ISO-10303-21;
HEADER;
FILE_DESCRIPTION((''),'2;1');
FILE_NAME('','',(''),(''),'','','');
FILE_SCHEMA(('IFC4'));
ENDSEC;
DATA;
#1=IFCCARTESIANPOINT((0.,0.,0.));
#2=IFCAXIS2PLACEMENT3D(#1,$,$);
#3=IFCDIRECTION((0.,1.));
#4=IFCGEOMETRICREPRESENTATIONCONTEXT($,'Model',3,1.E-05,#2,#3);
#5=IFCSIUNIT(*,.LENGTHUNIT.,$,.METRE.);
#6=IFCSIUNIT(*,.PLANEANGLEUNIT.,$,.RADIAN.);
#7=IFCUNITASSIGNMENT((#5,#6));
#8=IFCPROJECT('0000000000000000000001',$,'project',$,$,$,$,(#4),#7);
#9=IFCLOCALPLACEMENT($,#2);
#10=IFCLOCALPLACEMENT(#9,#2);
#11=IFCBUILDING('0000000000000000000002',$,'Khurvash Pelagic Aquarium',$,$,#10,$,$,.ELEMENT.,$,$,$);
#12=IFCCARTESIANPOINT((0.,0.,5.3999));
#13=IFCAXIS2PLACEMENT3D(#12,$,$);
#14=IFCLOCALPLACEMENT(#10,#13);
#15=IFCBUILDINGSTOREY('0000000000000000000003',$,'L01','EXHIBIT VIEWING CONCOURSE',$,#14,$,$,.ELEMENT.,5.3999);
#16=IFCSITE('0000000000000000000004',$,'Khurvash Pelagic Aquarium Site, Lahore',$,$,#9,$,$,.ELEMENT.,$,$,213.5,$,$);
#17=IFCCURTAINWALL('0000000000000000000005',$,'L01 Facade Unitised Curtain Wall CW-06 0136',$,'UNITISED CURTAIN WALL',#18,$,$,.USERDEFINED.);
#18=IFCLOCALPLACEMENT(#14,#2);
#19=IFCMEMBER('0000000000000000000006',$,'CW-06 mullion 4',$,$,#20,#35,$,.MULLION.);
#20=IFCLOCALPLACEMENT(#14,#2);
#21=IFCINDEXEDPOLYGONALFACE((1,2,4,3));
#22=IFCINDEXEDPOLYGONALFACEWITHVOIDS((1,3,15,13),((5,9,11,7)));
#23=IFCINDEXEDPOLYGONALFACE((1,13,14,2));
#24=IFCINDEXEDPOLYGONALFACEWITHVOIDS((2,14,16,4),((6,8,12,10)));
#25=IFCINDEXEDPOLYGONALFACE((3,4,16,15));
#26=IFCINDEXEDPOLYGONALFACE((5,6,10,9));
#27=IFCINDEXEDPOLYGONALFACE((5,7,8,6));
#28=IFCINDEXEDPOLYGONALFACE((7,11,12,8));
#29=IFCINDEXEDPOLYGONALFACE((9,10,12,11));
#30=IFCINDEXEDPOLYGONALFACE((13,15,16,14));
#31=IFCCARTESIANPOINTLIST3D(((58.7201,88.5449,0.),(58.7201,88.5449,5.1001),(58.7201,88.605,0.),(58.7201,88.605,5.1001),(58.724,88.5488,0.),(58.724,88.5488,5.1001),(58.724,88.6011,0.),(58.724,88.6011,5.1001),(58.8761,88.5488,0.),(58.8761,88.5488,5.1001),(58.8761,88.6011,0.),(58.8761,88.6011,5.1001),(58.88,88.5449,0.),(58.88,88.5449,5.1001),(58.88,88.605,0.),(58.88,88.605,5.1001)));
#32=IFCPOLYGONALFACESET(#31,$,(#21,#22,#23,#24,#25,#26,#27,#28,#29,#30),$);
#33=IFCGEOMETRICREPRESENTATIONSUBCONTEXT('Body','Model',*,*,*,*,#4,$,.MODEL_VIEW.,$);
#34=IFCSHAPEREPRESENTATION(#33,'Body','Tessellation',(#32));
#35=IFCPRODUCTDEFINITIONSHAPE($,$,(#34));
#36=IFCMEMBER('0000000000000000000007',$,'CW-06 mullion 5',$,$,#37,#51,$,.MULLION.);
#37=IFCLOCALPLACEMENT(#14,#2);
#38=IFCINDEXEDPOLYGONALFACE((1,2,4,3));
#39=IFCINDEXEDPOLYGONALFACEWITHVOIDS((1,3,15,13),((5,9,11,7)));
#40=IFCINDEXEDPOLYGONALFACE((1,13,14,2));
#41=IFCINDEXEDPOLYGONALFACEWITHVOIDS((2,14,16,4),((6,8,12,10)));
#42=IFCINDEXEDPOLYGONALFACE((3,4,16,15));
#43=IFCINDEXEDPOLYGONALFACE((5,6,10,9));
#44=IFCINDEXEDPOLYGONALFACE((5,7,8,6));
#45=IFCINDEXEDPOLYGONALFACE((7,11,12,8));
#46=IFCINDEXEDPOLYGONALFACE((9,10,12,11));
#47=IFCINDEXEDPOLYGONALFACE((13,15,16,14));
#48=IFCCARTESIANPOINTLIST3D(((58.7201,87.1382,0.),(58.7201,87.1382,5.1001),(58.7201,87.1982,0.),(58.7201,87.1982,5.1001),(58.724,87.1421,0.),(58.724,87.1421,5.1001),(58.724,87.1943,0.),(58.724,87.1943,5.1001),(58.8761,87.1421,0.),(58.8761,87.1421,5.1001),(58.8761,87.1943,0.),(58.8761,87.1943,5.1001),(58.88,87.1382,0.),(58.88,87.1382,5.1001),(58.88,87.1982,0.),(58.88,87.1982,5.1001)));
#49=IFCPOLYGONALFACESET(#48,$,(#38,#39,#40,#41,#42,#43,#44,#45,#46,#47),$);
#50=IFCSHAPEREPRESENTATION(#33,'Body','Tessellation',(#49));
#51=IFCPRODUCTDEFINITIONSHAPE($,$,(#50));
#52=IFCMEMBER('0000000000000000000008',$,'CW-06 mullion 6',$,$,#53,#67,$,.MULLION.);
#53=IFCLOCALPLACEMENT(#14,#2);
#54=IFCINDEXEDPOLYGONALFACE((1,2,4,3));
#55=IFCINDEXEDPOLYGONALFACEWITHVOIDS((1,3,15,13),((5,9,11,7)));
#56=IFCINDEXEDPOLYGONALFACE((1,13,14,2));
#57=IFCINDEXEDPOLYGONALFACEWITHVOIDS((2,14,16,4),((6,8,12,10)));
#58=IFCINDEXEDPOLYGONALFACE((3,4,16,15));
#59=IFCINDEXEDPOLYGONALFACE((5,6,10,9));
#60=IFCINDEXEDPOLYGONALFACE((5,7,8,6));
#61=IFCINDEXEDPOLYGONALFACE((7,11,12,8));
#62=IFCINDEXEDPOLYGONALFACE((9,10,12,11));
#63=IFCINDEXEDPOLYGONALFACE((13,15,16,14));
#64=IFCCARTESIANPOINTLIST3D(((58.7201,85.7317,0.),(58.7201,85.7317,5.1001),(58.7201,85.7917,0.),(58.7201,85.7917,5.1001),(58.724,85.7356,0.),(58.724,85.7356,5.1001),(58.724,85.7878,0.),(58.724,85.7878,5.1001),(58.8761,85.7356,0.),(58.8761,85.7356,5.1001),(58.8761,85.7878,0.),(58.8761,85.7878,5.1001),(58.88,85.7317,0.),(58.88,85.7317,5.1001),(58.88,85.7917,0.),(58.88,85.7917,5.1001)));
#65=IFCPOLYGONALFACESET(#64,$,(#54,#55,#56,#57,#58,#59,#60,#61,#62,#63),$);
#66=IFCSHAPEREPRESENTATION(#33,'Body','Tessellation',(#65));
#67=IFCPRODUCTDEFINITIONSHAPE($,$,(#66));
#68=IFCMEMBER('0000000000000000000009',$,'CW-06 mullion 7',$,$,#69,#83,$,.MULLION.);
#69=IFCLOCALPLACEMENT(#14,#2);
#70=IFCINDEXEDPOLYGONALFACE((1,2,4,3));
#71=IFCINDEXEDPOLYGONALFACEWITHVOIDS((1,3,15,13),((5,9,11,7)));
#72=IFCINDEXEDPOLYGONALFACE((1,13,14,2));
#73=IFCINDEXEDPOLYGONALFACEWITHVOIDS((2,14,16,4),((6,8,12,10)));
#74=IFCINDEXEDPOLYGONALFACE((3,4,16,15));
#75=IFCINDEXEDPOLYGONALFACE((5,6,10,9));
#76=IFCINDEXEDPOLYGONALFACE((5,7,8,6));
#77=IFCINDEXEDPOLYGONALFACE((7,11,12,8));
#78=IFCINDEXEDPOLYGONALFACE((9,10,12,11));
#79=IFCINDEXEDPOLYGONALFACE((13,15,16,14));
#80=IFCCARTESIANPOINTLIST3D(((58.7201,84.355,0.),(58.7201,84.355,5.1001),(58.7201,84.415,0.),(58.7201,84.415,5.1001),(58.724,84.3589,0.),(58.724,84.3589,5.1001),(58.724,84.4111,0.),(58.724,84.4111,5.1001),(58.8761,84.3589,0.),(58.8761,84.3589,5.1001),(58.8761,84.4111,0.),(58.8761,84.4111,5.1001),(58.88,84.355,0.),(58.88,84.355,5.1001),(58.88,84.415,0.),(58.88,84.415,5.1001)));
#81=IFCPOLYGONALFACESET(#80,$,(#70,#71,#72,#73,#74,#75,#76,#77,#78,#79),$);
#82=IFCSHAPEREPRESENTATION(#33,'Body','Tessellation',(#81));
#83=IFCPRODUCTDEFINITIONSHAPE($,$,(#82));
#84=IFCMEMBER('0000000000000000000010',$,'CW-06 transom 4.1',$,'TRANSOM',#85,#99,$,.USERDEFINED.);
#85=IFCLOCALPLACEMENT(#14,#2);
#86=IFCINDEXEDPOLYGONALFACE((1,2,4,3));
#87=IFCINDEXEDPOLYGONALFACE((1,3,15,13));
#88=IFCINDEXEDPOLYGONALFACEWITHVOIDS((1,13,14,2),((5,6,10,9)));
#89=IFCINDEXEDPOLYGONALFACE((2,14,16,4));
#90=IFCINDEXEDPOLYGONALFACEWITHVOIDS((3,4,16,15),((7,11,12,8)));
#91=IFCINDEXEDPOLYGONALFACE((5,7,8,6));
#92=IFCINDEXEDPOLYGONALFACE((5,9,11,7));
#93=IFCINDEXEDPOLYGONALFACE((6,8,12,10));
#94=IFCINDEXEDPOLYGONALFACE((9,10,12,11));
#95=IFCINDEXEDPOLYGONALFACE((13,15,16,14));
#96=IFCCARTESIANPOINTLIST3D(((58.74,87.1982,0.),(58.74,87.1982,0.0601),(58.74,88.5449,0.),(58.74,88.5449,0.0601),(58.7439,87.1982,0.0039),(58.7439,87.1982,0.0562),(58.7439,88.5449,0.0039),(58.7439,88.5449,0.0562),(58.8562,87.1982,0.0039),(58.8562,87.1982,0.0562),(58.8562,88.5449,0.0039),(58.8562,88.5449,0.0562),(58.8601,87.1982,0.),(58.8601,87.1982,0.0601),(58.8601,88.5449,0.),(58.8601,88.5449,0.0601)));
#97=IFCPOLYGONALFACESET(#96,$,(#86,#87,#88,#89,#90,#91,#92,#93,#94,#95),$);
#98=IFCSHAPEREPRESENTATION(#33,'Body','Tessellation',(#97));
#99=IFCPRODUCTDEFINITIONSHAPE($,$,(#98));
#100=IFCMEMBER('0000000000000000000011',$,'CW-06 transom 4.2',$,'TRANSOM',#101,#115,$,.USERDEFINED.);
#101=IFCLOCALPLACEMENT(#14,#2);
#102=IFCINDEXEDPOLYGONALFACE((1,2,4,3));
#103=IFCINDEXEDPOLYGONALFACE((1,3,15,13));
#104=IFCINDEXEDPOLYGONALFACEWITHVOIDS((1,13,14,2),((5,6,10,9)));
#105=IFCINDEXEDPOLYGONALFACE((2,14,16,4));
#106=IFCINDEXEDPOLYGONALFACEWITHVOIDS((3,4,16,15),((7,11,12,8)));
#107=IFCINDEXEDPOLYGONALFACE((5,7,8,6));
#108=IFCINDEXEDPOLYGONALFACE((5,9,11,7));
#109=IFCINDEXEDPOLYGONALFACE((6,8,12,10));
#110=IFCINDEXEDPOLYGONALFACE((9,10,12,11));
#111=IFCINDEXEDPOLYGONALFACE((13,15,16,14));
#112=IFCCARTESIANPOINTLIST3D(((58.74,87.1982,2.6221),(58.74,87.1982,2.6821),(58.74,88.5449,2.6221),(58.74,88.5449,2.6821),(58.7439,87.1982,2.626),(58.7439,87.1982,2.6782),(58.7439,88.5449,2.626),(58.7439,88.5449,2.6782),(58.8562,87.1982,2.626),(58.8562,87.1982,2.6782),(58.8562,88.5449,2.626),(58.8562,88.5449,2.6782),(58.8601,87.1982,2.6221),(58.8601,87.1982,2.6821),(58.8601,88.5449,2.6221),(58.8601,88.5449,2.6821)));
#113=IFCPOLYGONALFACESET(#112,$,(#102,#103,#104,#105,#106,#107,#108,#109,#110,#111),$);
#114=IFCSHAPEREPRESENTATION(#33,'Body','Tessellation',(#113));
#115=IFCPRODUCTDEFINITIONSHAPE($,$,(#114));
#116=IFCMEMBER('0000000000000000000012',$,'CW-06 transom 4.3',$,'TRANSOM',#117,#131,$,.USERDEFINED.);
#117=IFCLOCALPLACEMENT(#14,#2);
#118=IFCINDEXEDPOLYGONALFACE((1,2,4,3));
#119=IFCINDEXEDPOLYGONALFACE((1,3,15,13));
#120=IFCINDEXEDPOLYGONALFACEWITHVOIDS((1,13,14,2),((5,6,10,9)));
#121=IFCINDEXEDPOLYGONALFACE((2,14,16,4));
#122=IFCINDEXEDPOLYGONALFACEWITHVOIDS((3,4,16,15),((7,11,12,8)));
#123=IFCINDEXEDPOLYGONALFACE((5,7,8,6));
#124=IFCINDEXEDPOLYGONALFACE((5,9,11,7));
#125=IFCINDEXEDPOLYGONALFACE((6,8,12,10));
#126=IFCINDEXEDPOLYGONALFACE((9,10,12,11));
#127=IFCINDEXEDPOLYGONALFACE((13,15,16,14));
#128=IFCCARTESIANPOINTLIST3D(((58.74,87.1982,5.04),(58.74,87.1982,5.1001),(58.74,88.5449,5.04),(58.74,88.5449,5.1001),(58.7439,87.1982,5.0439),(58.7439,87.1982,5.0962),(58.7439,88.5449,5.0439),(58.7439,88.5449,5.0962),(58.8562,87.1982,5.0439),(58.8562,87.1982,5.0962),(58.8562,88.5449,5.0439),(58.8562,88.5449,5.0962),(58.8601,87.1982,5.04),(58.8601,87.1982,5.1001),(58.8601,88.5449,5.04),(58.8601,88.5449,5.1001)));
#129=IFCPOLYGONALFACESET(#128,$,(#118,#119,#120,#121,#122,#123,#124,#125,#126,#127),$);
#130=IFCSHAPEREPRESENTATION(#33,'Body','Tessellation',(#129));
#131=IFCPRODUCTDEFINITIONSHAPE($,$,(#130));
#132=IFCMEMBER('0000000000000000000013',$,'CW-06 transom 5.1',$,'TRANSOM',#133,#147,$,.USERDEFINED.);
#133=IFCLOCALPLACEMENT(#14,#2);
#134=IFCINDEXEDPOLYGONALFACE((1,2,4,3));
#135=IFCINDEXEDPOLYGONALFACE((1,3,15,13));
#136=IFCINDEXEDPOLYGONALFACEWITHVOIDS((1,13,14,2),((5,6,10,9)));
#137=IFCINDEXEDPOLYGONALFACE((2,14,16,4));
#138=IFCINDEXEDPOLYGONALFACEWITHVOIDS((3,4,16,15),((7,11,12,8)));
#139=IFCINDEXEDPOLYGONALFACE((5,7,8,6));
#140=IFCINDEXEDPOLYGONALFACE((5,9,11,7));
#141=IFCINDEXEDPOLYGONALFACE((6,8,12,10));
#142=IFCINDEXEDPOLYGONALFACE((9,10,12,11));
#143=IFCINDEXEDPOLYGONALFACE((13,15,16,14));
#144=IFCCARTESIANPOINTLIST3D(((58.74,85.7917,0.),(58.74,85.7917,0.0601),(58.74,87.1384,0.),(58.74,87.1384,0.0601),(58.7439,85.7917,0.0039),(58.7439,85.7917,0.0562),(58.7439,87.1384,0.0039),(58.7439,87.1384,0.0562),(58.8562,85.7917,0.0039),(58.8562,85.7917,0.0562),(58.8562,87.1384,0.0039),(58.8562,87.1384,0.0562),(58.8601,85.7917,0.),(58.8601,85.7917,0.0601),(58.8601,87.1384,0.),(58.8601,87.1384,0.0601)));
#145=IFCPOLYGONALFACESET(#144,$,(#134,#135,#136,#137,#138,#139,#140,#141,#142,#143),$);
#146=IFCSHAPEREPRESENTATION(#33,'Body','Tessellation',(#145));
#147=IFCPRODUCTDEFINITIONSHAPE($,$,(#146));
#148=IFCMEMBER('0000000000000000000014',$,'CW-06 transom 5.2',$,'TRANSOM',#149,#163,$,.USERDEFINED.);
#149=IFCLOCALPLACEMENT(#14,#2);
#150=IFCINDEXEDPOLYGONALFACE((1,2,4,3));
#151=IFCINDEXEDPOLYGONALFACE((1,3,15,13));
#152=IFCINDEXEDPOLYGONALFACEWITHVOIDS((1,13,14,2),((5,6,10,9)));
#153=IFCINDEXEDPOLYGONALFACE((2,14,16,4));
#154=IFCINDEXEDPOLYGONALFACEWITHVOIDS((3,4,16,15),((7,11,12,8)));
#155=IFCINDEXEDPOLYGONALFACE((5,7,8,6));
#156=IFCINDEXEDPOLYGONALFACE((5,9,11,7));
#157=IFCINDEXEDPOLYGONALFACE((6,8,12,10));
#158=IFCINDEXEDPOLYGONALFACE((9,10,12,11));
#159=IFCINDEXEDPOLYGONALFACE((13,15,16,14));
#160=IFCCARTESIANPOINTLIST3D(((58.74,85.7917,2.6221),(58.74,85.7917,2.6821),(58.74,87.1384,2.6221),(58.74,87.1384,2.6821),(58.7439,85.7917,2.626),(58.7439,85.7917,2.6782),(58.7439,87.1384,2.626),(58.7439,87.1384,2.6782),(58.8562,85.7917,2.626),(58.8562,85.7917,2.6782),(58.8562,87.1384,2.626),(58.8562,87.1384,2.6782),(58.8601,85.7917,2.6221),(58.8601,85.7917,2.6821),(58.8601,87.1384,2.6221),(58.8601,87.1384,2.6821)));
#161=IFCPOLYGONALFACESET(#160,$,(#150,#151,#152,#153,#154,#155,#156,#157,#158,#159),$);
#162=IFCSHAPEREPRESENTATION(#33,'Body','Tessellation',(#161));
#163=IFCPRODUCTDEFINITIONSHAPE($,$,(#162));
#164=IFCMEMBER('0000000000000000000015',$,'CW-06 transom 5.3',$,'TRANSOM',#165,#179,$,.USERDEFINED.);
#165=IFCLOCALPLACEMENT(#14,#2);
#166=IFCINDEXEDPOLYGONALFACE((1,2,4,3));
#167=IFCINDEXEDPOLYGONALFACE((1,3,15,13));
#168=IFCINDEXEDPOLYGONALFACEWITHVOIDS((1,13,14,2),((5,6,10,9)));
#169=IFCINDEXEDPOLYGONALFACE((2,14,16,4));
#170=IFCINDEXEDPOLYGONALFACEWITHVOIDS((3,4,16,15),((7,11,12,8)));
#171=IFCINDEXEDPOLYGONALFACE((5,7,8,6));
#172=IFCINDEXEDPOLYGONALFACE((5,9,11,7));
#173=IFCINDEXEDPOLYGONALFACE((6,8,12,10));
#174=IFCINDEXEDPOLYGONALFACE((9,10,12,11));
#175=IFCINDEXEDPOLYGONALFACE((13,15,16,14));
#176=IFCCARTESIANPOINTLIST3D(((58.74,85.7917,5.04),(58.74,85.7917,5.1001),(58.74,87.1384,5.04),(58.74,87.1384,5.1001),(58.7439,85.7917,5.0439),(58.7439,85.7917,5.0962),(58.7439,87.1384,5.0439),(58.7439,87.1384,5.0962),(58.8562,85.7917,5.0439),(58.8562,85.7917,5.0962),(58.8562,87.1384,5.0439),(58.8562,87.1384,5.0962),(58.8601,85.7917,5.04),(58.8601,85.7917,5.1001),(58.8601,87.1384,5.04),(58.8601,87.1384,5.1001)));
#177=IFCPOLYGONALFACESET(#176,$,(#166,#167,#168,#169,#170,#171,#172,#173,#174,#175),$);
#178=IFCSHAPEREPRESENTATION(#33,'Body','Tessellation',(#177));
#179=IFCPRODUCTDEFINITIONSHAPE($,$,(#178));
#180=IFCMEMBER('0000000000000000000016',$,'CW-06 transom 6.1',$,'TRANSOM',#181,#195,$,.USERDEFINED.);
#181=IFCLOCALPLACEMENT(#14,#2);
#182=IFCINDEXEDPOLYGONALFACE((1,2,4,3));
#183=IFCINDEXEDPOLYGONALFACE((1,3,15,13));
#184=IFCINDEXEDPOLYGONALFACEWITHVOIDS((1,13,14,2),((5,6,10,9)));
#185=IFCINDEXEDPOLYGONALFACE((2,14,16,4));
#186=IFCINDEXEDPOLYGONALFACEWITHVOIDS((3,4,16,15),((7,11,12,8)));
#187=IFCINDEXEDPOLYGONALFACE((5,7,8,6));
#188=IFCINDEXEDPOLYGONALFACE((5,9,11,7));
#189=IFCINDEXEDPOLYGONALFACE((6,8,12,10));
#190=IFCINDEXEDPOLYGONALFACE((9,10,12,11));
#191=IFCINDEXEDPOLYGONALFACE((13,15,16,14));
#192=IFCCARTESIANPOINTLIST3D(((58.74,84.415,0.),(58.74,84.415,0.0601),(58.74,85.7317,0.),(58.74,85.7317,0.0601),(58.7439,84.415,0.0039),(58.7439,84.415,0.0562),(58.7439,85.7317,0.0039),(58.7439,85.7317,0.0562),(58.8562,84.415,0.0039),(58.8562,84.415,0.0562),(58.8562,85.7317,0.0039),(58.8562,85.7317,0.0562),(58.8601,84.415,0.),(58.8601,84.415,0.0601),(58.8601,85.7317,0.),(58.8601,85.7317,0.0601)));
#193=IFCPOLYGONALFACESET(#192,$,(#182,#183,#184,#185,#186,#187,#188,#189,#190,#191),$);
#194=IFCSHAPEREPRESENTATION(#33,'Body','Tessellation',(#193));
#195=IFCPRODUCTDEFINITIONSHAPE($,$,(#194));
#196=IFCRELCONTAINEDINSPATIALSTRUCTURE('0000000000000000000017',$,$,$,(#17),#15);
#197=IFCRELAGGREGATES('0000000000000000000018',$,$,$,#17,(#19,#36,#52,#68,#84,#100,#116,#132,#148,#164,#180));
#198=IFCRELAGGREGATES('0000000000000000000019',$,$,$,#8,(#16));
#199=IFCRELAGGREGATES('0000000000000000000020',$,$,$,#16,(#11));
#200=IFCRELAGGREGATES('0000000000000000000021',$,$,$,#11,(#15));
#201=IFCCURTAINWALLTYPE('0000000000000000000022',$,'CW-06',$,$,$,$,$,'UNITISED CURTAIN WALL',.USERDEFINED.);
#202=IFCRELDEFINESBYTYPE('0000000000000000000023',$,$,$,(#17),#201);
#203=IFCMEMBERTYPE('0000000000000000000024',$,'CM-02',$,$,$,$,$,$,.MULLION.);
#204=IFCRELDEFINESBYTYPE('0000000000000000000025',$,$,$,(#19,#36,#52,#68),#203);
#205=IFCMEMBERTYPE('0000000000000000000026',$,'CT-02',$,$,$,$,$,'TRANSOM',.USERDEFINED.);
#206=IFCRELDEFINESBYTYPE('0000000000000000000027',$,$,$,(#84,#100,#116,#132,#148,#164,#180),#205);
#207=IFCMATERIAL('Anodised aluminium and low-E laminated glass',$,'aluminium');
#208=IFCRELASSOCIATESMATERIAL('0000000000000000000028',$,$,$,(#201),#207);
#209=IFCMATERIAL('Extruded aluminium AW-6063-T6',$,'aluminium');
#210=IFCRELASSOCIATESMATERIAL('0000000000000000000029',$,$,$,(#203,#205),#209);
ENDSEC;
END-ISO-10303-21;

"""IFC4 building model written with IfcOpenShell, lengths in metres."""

from ifc_helpers import new_model, si_unit, direction, frame, origin, origin_2d, place, context, subcontext, project, spatial, hollow_rectangle, extrude, material, material_profile, profile_set, type_object, element, aggregate, save


model = new_model("IFC4")

# Units and contexts
model_context = context("Model", 3, precision=1e-05, world=origin(), true_north=direction((0.0, 1.0)))
body_context = subcontext(model_context, "Body", "Model", "MODEL_VIEW")
ifc_project = project(units=[si_unit("LENGTHUNIT", "METRE"), si_unit("PLANEANGLEUNIT", "RADIAN")], contexts=[model_context])

# Site, building, storey
site_placement = place(None, origin())
site = spatial("IfcSite", under=ifc_project, at=site_placement, Name="Khurvash Pelagic Aquarium Site, Lahore", CompositionType="ELEMENT", RefElevation=213.5)
building_placement = place(site_placement, origin())
building = spatial("IfcBuilding", under=site, at=building_placement, Name="Khurvash Pelagic Aquarium", CompositionType="ELEMENT")
storey_placement = place(building_placement, frame((0.0, 0.0, 5.3999)))
storey = spatial("IfcBuildingStorey", under=building, at=storey_placement, Name="L01", Description="EXHIBIT VIEWING CONCOURSE", CompositionType="ELEMENT", Elevation=5.3999)

# Curtain wall, members
ifc_material_1 = material(Name="Anodised aluminium and low-E laminated glass", Category="aluminium")
curtain_wall_type = type_object("IfcCurtainWallType", Name="CW-06", ElementType="UNITISED CURTAIN WALL", PredefinedType="USERDEFINED", material=ifc_material_1)
curtain_wall_placement = place(storey_placement, origin())
curtain_wall = element("IfcCurtainWall", 1, at=curtain_wall_placement, inside=storey, type_object=curtain_wall_type, Name="L01 Facade Unitised Curtain Wall CW-06 0136", ObjectType="UNITISED CURTAIN WALL", PredefinedType="USERDEFINED")
ifc_material_2 = material(Name="Extruded aluminium AW-6063-T6", Category="aluminium")
ifc_material_profile_1 = material_profile(ifc_material_2, hollow_rectangle(XDim=0.0601, YDim=0.1599, WallThickness=0.0039, at=origin_2d()), Name="CWM60X160X4")
ifc_profile_set_1 = profile_set([ifc_material_profile_1], Name="Extruded aluminium AW-6063-T6")
member_type_1 = type_object("IfcMemberType", Name="CM-02", PredefinedType="MULLION", material=ifc_profile_set_1)
member_1_placement = place(storey_placement, frame((58.8, 88.575, 0.0), z_axis=(0.0, 0.0, 1.0), x_axis=(0.0, -1.0, 0.0)))
member_1 = element("IfcMember", 2, at=member_1_placement, type_object=member_type_1, Name="CW-06 mullion 4", PredefinedType="MULLION", context=body_context, shape_type="SweptSolid", body=[
    extrude(hollow_rectangle(XDim=0.0601, YDim=0.1599, WallThickness=0.0039, at=origin_2d()), origin(), (0.0, 0.0, 1.0), 5.1001),
])
member_2_placement = place(storey_placement, frame((58.8, 87.1682, 0.0), z_axis=(0.0, 0.0, 1.0), x_axis=(0.0, -1.0, 0.0)))
member_2 = element("IfcMember", 3, at=member_2_placement, type_object=member_type_1, Name="CW-06 mullion 5", PredefinedType="MULLION", context=body_context, shape_type="SweptSolid", body=[
    extrude(hollow_rectangle(XDim=0.0601, YDim=0.1599, WallThickness=0.0039, at=origin_2d()), origin(), (0.0, 0.0, 1.0), 5.1001),
])
member_3_placement = place(storey_placement, frame((58.8, 85.7617, 0.0), z_axis=(0.0, 0.0, 1.0), x_axis=(0.0, -1.0, 0.0)))
member_3 = element("IfcMember", 4, at=member_3_placement, type_object=member_type_1, Name="CW-06 mullion 6", PredefinedType="MULLION", context=body_context, shape_type="SweptSolid", body=[
    extrude(hollow_rectangle(XDim=0.0601, YDim=0.1599, WallThickness=0.0039, at=origin_2d()), origin(), (0.0, 0.0, 1.0), 5.1001),
])
member_4_placement = place(storey_placement, frame((58.8, 84.385, 0.0), z_axis=(0.0, 0.0, 1.0), x_axis=(0.0, -1.0, 0.0)))
member_4 = element("IfcMember", 5, at=member_4_placement, type_object=member_type_1, Name="CW-06 mullion 7", PredefinedType="MULLION", context=body_context, shape_type="SweptSolid", body=[
    extrude(hollow_rectangle(XDim=0.0601, YDim=0.1599, WallThickness=0.0039, at=origin_2d()), origin(), (0.0, 0.0, 1.0), 5.1001),
])
ifc_material_profile_2 = material_profile(ifc_material_2, hollow_rectangle(XDim=0.1201, YDim=0.0601, WallThickness=0.0039, at=origin_2d()), Name="CWT120X60X4")
ifc_profile_set_2 = profile_set([ifc_material_profile_2], Name="Extruded aluminium AW-6063-T6")
member_type_2 = type_object("IfcMemberType", Name="CT-02", ElementType="TRANSOM", PredefinedType="USERDEFINED", material=ifc_profile_set_2)
member_5_placement = place(storey_placement, frame((58.8, 88.5449, 0.03), z_axis=(0.0, -1.0, 0.0), x_axis=(1.0, 0.0, 0.0)))
member_5 = element("IfcMember", 6, at=member_5_placement, type_object=member_type_2, Name="CW-06 transom 4.1", ObjectType="TRANSOM", PredefinedType="USERDEFINED", context=body_context, shape_type="SweptSolid", body=[
    extrude(hollow_rectangle(XDim=0.1201, YDim=0.0601, WallThickness=0.0039, at=origin_2d()), origin(), (0.0, 0.0, 1.0), 1.3467),
])
member_6_placement = place(storey_placement, frame((58.8, 88.5449, 2.6521), z_axis=(0.0, -1.0, 0.0), x_axis=(1.0, 0.0, 0.0)))
member_6 = element("IfcMember", 7, at=member_6_placement, type_object=member_type_2, Name="CW-06 transom 4.2", ObjectType="TRANSOM", PredefinedType="USERDEFINED", context=body_context, shape_type="SweptSolid", body=[
    extrude(hollow_rectangle(XDim=0.1201, YDim=0.0601, WallThickness=0.0039, at=origin_2d()), origin(), (0.0, 0.0, 1.0), 1.3467),
])
member_7_placement = place(storey_placement, frame((58.8, 88.5449, 5.0701), z_axis=(0.0, -1.0, 0.0), x_axis=(1.0, 0.0, 0.0)))
member_7 = element("IfcMember", 8, at=member_7_placement, type_object=member_type_2, Name="CW-06 transom 4.3", ObjectType="TRANSOM", PredefinedType="USERDEFINED", context=body_context, shape_type="SweptSolid", body=[
    extrude(hollow_rectangle(XDim=0.1201, YDim=0.0601, WallThickness=0.0039, at=origin_2d()), origin(), (0.0, 0.0, 1.0), 1.3467),
])
member_8_placement = place(storey_placement, frame((58.8, 87.1384, 0.03), z_axis=(0.0, -1.0, 0.0), x_axis=(1.0, 0.0, 0.0)))
member_8 = element("IfcMember", 9, at=member_8_placement, type_object=member_type_2, Name="CW-06 transom 5.1", ObjectType="TRANSOM", PredefinedType="USERDEFINED", context=body_context, shape_type="SweptSolid", body=[
    extrude(hollow_rectangle(XDim=0.1201, YDim=0.0601, WallThickness=0.0039, at=origin_2d()), origin(), (0.0, 0.0, 1.0), 1.3467),
])
member_9_placement = place(storey_placement, frame((58.8, 87.1384, 2.6521), z_axis=(0.0, -1.0, 0.0), x_axis=(1.0, 0.0, 0.0)))
member_9 = element("IfcMember", 10, at=member_9_placement, type_object=member_type_2, Name="CW-06 transom 5.2", ObjectType="TRANSOM", PredefinedType="USERDEFINED", context=body_context, shape_type="SweptSolid", body=[
    extrude(hollow_rectangle(XDim=0.1201, YDim=0.0601, WallThickness=0.0039, at=origin_2d()), origin(), (0.0, 0.0, 1.0), 1.3467),
])
member_10_placement = place(storey_placement, frame((58.8, 87.1384, 5.0701), z_axis=(0.0, -1.0, 0.0), x_axis=(1.0, 0.0, 0.0)))
member_10 = element("IfcMember", 11, at=member_10_placement, type_object=member_type_2, Name="CW-06 transom 5.3", ObjectType="TRANSOM", PredefinedType="USERDEFINED", context=body_context, shape_type="SweptSolid", body=[
    extrude(hollow_rectangle(XDim=0.1201, YDim=0.0601, WallThickness=0.0039, at=origin_2d()), origin(), (0.0, 0.0, 1.0), 1.3467),
])
member_11_placement = place(storey_placement, frame((58.8, 85.7317, 0.03), z_axis=(0.0, -1.0, 0.0), x_axis=(1.0, 0.0, 0.0)))
member_11 = element("IfcMember", 12, at=member_11_placement, type_object=member_type_2, Name="CW-06 transom 6.1", ObjectType="TRANSOM", PredefinedType="USERDEFINED", context=body_context, shape_type="SweptSolid", body=[
    extrude(hollow_rectangle(XDim=0.1201, YDim=0.0601, WallThickness=0.0039, at=origin_2d()), origin(), (0.0, 0.0, 1.0), 1.3167),
])
aggregate(curtain_wall, [member_1, member_2, member_3, member_4, member_5, member_6, member_7, member_8, member_9, member_10, member_11])

save(model, "model.ifc")
